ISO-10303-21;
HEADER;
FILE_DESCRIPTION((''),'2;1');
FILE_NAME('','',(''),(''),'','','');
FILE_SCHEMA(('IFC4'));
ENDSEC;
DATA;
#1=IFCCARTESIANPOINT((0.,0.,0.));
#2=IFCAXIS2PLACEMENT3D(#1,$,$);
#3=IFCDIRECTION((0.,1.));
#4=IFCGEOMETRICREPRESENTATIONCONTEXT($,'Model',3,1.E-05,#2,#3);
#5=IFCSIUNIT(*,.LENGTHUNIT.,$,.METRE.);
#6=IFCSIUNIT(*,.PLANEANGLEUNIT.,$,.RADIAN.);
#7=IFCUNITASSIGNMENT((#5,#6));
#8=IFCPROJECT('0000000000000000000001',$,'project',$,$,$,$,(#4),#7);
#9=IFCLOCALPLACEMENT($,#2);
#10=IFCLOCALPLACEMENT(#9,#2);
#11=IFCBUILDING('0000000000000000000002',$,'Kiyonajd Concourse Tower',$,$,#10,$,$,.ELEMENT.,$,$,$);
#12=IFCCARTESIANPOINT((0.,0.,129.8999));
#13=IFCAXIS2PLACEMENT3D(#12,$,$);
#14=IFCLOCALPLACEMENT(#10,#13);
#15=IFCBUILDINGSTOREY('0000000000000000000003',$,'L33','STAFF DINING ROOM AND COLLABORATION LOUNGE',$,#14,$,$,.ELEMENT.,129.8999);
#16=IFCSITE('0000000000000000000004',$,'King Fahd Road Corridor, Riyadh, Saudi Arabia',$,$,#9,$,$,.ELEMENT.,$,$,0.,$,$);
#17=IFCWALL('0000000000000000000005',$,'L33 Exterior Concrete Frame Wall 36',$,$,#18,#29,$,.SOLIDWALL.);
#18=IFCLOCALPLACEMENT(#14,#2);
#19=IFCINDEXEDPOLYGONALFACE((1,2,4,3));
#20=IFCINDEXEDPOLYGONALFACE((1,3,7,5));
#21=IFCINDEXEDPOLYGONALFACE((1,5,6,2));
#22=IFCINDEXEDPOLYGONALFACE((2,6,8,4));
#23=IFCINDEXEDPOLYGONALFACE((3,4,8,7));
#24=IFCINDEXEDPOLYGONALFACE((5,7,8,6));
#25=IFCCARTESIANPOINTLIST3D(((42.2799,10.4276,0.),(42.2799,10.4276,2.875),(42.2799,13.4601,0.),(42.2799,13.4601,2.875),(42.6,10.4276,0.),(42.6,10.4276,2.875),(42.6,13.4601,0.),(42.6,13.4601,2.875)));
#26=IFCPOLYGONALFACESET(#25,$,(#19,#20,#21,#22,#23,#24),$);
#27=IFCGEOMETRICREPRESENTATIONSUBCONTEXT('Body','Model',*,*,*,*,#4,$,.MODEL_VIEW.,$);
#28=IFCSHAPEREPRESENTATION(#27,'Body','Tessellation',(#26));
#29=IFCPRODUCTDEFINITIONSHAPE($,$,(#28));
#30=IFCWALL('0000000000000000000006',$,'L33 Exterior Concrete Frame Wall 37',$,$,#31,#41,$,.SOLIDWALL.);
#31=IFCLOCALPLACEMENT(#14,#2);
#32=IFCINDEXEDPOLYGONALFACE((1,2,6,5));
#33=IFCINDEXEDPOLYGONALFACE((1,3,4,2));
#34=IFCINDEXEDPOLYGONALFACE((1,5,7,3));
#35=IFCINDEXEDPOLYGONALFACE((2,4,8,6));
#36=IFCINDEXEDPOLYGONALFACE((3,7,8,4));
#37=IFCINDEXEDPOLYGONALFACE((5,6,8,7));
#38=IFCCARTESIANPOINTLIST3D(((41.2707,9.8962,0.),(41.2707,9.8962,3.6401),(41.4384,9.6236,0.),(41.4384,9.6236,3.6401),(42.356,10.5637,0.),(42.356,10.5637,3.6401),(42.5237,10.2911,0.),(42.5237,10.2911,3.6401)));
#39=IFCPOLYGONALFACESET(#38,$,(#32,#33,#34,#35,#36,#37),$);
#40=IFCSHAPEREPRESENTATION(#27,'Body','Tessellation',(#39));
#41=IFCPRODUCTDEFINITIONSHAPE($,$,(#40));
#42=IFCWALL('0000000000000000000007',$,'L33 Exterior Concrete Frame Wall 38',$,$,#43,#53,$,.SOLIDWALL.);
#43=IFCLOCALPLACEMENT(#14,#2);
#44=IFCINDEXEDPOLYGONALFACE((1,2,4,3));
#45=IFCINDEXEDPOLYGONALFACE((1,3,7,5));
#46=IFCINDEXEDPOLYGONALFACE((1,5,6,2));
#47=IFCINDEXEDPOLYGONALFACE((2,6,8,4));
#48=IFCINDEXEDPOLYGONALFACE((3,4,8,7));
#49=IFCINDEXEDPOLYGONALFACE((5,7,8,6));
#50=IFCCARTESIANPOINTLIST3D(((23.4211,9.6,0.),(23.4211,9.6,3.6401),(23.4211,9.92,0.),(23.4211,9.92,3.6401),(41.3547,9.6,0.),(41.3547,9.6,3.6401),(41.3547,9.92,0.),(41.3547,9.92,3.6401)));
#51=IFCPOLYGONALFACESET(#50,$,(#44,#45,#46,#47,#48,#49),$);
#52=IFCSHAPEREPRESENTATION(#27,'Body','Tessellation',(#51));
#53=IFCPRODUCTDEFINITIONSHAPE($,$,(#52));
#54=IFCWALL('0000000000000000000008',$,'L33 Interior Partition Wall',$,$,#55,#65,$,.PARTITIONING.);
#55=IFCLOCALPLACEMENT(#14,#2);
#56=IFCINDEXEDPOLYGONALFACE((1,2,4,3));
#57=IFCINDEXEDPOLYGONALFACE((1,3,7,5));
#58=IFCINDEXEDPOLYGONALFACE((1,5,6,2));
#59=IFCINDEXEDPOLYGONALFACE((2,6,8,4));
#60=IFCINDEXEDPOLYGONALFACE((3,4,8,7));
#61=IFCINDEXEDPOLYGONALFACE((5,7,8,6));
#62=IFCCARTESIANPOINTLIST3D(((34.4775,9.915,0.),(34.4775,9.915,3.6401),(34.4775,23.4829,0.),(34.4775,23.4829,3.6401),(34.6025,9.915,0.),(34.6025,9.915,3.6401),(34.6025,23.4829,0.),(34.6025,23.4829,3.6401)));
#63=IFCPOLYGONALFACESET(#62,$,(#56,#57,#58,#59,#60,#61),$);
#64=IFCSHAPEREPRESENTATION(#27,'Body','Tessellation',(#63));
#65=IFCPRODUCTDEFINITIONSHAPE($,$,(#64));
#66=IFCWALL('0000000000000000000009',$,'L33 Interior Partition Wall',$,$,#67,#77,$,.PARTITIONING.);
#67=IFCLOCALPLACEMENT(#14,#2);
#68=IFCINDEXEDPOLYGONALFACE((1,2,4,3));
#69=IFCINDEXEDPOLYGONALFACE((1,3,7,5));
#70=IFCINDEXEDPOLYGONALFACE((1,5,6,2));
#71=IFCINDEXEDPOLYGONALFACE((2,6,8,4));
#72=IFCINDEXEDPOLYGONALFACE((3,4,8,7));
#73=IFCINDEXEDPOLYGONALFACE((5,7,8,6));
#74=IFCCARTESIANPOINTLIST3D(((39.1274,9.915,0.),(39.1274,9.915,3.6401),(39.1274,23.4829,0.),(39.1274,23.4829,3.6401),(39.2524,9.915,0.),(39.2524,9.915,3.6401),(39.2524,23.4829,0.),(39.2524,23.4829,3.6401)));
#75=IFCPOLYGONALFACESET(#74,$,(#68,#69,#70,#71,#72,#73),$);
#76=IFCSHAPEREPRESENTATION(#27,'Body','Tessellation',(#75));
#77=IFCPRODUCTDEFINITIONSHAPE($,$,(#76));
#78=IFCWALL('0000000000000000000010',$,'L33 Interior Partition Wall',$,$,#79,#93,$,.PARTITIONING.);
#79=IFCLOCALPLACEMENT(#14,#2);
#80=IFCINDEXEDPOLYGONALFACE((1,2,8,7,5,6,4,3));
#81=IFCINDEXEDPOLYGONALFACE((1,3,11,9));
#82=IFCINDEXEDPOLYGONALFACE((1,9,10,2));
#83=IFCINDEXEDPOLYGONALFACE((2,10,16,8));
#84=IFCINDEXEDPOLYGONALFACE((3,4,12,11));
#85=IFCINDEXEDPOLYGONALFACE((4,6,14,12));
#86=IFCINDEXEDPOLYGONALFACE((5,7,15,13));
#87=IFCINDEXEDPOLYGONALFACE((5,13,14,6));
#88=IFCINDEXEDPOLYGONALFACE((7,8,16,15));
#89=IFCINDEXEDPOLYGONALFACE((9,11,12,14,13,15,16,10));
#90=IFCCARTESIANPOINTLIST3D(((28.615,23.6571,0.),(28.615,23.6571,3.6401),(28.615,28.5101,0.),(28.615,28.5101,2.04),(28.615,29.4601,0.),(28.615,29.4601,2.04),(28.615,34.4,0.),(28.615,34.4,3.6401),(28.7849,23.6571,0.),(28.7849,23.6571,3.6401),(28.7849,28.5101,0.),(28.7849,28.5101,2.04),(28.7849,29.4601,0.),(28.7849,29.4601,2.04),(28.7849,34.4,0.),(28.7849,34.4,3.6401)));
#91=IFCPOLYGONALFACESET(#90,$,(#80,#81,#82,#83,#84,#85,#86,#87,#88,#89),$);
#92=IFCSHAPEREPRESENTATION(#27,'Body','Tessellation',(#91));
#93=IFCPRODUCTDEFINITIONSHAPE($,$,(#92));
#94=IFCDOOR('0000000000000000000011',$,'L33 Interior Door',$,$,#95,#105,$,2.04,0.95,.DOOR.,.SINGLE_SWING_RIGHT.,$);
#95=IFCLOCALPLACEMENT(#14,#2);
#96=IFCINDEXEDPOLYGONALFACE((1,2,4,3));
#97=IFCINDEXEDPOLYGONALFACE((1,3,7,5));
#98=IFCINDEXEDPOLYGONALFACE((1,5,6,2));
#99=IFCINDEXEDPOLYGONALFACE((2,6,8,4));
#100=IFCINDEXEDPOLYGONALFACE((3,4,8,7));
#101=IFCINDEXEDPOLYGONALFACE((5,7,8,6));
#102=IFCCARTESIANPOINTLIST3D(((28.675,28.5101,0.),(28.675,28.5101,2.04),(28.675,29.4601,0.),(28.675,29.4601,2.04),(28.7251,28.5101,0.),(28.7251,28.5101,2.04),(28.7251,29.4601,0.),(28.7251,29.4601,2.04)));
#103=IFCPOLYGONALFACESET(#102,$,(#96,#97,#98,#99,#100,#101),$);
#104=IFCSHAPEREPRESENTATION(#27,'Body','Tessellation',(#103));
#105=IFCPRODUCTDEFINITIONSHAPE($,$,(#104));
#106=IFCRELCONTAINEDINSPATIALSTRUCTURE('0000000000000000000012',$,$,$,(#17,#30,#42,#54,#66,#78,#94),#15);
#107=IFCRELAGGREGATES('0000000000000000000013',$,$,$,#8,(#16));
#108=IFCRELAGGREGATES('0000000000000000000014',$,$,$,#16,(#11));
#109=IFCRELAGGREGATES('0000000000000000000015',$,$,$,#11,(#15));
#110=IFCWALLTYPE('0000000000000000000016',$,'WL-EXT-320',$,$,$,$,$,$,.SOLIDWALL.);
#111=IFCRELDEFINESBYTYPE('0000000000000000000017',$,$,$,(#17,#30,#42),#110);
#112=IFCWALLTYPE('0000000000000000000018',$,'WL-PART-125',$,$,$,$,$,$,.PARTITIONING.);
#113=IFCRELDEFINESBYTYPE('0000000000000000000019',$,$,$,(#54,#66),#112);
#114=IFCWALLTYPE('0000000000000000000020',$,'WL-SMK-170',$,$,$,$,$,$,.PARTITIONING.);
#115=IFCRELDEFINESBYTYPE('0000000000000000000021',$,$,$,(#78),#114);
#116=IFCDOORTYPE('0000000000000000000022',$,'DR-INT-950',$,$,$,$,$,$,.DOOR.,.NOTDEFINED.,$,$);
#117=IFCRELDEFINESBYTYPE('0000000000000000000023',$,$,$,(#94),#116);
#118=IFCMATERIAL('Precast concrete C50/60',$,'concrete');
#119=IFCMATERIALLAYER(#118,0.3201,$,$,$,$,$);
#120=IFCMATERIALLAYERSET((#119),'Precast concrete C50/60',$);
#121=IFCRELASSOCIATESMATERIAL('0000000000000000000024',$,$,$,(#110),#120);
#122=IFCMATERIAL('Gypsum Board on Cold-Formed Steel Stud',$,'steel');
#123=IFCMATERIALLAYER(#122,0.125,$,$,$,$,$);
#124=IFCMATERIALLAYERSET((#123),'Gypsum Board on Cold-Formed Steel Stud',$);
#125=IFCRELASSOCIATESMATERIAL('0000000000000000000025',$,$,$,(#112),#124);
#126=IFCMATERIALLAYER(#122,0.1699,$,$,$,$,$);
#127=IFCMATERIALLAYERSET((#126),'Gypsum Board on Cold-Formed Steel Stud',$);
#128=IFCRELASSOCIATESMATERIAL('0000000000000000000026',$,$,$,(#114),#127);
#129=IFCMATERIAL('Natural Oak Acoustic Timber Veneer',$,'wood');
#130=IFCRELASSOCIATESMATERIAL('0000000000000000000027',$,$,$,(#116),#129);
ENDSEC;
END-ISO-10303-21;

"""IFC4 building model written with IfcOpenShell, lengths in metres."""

from ifc_helpers import new_model, si_unit, direction, frame, frame_2d, origin, place, context, subcontext, project, spatial, rectangle, extrude, material, layer, layer_set, type_object, element, fill, save


model = new_model("IFC4")

# Units and contexts
model_context = context("Model", 3, precision=1e-05, world=origin(), true_north=direction((0.0, 1.0)))
body_context = subcontext(model_context, "Body", "Model", "MODEL_VIEW")
ifc_project = project(units=[si_unit("LENGTHUNIT", "METRE"), si_unit("PLANEANGLEUNIT", "RADIAN")], contexts=[model_context])

# Site, building, storey
site_placement = place(None, origin())
site = spatial("IfcSite", under=ifc_project, at=site_placement, Name="King Fahd Road Corridor, Riyadh, Saudi Arabia", CompositionType="ELEMENT", RefElevation=0.0)
building_placement = place(site_placement, origin())
building = spatial("IfcBuilding", under=site, at=building_placement, Name="Kiyonajd Concourse Tower", CompositionType="ELEMENT")
storey_placement = place(building_placement, frame((0.0, 0.0, 129.8999)))
storey = spatial("IfcBuildingStorey", under=building, at=storey_placement, Name="L33", Description="STAFF DINING ROOM AND COLLABORATION LOUNGE", CompositionType="ELEMENT", Elevation=129.8999)

# Shared definitions
ifc_material_1 = material(Name="Precast concrete C50/60", Category="concrete")

# Walls
ifc_layer_1 = layer(ifc_material_1, 0.3201)
ifc_layer_set_1 = layer_set([ifc_layer_1], Name="Precast concrete C50/60")
wall_type_1 = type_object("IfcWallType", Name="WL-EXT-320", PredefinedType="SOLIDWALL", material=ifc_layer_set_1)
wall_1_placement = place(storey_placement, frame((42.4399, 13.46, 0.0), z_axis=(0.0, 0.0, 1.0), x_axis=(0.0, -1.0, 0.0)))
element("IfcWall", 1, at=wall_1_placement, inside=storey, type_object=wall_type_1, Name="L33 Exterior Concrete Frame Wall 36", PredefinedType="SOLIDWALL", context=body_context, shape_type="SweptSolid", body=[
    extrude(rectangle(XDim=3.0325, YDim=0.3201, at=frame_2d((1.5161, 0.0))), origin(), (0.0, 0.0, 1.0), 2.875),
])
wall_2_placement = place(storey_placement, frame((42.4399, 10.4275, 0.0), z_axis=(0.0, 0.0, 1.0), x_axis=(-0.851777, -0.523905, 0.0)))
element("IfcWall", 2, at=wall_2_placement, inside=storey, type_object=wall_type_1, Name="L33 Exterior Concrete Frame Wall 37", PredefinedType="SOLIDWALL", context=body_context, shape_type="SweptSolid", body=[
    extrude(rectangle(XDim=1.2742, YDim=0.3201, at=frame_2d((0.6372, 0.0))), origin(), (0.0, 0.0, 1.0), 3.6401),
])
wall_3_placement = place(storey_placement, frame((41.3547, 9.76, 0.0), z_axis=(0.0, 0.0, 1.0), x_axis=(-1.0, 0.0, 0.0)))
element("IfcWall", 3, at=wall_3_placement, inside=storey, type_object=wall_type_1, Name="L33 Exterior Concrete Frame Wall 38", PredefinedType="SOLIDWALL", context=body_context, shape_type="SweptSolid", body=[
    extrude(rectangle(XDim=17.9336, YDim=0.3201, at=frame_2d((8.9668, 0.0))), origin(), (0.0, 0.0, 1.0), 3.6401),
])
ifc_material_2 = material(Name="Gypsum Board on Cold-Formed Steel Stud", Category="steel")
ifc_layer_2 = layer(ifc_material_2, 0.125)
ifc_layer_set_2 = layer_set([ifc_layer_2], Name="Gypsum Board on Cold-Formed Steel Stud")
wall_type_2 = type_object("IfcWallType", Name="WL-PART-125", PredefinedType="PARTITIONING", material=ifc_layer_set_2)
for number, where, z_axis, x_axis, name in (
    (4, (34.54, 9.915, 0.0), (0.0, 0.0, 1.0), (0.0, 1.0, 0.0), "L33 Interior Partition Wall"),
    (5, (39.1899, 9.915, 0.0), (0.0, 0.0, 1.0), (0.0, 1.0, 0.0), "L33 Interior Partition Wall"),
):
    element("IfcWall", number, at=place(storey_placement, frame(where, z_axis=z_axis, x_axis=x_axis)), inside=storey, type_object=wall_type_2, Name=name, PredefinedType="PARTITIONING", context=body_context, shape_type="SweptSolid", body=[
        extrude(rectangle(XDim=13.5679, YDim=0.125, at=frame_2d((6.7839, 0.0))), origin(), (0.0, 0.0, 1.0), 3.6401),
    ])

# Wall, opening, door
ifc_layer_3 = layer(ifc_material_2, 0.1699)
ifc_layer_set_3 = layer_set([ifc_layer_3], Name="Gypsum Board on Cold-Formed Steel Stud")
wall_type_3 = type_object("IfcWallType", Name="WL-SMK-170", PredefinedType="PARTITIONING", material=ifc_layer_set_3)
wall_4_placement = place(storey_placement, frame((28.7, 23.657, 0.0), z_axis=(0.0, 0.0, 1.0), x_axis=(0.0, 1.0, 0.0)))
wall_4 = element("IfcWall", 6, at=wall_4_placement, inside=storey, type_object=wall_type_3, Name="L33 Interior Partition Wall", PredefinedType="PARTITIONING", context=body_context, shape_type="SweptSolid", body=[
    extrude(rectangle(XDim=10.7429, YDim=0.1699, at=frame_2d((5.3716, 0.0))), origin(), (0.0, 0.0, 1.0), 3.6401),
])
opening_placement = place(wall_4_placement, frame((4.853, 0.0, 0.0)))
opening = element("IfcOpeningElement", 7, at=opening_placement, cuts=wall_4, PredefinedType="OPENING", context=body_context, shape_type="SweptSolid", body=[
    extrude(rectangle(XDim=0.95, YDim=2.04, at=frame_2d((0.4751, 1.02))), frame((0.0, 0.095, 0.0), z_axis=(0.0, -1.0, 0.0), x_axis=(1.0, 0.0, 0.0)), (0.0, 0.0, 1.0), 0.1899),
])
ifc_material_3 = material(Name="Natural Oak Acoustic Timber Veneer", Category="wood")
door_type = type_object("IfcDoorType", Name="DR-INT-950", OperationType="NOTDEFINED", PredefinedType="DOOR", material=ifc_material_3)
door_placement = place(opening_placement, origin())
door = element("IfcDoor", 8, at=door_placement, inside=storey, type_object=door_type, Name="L33 Interior Door", OperationType="SINGLE_SWING_RIGHT", OverallHeight=2.04, OverallWidth=0.95, PredefinedType="DOOR", context=body_context, shape_type="SweptSolid", body=[
    extrude(rectangle(XDim=0.95, YDim=2.04, at=frame_2d((0.4751, 1.02))), frame((0.0, 0.0249, 0.0), z_axis=(0.0, -1.0, 0.0), x_axis=(1.0, 0.0, 0.0)), (0.0, 0.0, 1.0), 0.05),
])
fill(opening, door)

save(model, "model.ifc")
